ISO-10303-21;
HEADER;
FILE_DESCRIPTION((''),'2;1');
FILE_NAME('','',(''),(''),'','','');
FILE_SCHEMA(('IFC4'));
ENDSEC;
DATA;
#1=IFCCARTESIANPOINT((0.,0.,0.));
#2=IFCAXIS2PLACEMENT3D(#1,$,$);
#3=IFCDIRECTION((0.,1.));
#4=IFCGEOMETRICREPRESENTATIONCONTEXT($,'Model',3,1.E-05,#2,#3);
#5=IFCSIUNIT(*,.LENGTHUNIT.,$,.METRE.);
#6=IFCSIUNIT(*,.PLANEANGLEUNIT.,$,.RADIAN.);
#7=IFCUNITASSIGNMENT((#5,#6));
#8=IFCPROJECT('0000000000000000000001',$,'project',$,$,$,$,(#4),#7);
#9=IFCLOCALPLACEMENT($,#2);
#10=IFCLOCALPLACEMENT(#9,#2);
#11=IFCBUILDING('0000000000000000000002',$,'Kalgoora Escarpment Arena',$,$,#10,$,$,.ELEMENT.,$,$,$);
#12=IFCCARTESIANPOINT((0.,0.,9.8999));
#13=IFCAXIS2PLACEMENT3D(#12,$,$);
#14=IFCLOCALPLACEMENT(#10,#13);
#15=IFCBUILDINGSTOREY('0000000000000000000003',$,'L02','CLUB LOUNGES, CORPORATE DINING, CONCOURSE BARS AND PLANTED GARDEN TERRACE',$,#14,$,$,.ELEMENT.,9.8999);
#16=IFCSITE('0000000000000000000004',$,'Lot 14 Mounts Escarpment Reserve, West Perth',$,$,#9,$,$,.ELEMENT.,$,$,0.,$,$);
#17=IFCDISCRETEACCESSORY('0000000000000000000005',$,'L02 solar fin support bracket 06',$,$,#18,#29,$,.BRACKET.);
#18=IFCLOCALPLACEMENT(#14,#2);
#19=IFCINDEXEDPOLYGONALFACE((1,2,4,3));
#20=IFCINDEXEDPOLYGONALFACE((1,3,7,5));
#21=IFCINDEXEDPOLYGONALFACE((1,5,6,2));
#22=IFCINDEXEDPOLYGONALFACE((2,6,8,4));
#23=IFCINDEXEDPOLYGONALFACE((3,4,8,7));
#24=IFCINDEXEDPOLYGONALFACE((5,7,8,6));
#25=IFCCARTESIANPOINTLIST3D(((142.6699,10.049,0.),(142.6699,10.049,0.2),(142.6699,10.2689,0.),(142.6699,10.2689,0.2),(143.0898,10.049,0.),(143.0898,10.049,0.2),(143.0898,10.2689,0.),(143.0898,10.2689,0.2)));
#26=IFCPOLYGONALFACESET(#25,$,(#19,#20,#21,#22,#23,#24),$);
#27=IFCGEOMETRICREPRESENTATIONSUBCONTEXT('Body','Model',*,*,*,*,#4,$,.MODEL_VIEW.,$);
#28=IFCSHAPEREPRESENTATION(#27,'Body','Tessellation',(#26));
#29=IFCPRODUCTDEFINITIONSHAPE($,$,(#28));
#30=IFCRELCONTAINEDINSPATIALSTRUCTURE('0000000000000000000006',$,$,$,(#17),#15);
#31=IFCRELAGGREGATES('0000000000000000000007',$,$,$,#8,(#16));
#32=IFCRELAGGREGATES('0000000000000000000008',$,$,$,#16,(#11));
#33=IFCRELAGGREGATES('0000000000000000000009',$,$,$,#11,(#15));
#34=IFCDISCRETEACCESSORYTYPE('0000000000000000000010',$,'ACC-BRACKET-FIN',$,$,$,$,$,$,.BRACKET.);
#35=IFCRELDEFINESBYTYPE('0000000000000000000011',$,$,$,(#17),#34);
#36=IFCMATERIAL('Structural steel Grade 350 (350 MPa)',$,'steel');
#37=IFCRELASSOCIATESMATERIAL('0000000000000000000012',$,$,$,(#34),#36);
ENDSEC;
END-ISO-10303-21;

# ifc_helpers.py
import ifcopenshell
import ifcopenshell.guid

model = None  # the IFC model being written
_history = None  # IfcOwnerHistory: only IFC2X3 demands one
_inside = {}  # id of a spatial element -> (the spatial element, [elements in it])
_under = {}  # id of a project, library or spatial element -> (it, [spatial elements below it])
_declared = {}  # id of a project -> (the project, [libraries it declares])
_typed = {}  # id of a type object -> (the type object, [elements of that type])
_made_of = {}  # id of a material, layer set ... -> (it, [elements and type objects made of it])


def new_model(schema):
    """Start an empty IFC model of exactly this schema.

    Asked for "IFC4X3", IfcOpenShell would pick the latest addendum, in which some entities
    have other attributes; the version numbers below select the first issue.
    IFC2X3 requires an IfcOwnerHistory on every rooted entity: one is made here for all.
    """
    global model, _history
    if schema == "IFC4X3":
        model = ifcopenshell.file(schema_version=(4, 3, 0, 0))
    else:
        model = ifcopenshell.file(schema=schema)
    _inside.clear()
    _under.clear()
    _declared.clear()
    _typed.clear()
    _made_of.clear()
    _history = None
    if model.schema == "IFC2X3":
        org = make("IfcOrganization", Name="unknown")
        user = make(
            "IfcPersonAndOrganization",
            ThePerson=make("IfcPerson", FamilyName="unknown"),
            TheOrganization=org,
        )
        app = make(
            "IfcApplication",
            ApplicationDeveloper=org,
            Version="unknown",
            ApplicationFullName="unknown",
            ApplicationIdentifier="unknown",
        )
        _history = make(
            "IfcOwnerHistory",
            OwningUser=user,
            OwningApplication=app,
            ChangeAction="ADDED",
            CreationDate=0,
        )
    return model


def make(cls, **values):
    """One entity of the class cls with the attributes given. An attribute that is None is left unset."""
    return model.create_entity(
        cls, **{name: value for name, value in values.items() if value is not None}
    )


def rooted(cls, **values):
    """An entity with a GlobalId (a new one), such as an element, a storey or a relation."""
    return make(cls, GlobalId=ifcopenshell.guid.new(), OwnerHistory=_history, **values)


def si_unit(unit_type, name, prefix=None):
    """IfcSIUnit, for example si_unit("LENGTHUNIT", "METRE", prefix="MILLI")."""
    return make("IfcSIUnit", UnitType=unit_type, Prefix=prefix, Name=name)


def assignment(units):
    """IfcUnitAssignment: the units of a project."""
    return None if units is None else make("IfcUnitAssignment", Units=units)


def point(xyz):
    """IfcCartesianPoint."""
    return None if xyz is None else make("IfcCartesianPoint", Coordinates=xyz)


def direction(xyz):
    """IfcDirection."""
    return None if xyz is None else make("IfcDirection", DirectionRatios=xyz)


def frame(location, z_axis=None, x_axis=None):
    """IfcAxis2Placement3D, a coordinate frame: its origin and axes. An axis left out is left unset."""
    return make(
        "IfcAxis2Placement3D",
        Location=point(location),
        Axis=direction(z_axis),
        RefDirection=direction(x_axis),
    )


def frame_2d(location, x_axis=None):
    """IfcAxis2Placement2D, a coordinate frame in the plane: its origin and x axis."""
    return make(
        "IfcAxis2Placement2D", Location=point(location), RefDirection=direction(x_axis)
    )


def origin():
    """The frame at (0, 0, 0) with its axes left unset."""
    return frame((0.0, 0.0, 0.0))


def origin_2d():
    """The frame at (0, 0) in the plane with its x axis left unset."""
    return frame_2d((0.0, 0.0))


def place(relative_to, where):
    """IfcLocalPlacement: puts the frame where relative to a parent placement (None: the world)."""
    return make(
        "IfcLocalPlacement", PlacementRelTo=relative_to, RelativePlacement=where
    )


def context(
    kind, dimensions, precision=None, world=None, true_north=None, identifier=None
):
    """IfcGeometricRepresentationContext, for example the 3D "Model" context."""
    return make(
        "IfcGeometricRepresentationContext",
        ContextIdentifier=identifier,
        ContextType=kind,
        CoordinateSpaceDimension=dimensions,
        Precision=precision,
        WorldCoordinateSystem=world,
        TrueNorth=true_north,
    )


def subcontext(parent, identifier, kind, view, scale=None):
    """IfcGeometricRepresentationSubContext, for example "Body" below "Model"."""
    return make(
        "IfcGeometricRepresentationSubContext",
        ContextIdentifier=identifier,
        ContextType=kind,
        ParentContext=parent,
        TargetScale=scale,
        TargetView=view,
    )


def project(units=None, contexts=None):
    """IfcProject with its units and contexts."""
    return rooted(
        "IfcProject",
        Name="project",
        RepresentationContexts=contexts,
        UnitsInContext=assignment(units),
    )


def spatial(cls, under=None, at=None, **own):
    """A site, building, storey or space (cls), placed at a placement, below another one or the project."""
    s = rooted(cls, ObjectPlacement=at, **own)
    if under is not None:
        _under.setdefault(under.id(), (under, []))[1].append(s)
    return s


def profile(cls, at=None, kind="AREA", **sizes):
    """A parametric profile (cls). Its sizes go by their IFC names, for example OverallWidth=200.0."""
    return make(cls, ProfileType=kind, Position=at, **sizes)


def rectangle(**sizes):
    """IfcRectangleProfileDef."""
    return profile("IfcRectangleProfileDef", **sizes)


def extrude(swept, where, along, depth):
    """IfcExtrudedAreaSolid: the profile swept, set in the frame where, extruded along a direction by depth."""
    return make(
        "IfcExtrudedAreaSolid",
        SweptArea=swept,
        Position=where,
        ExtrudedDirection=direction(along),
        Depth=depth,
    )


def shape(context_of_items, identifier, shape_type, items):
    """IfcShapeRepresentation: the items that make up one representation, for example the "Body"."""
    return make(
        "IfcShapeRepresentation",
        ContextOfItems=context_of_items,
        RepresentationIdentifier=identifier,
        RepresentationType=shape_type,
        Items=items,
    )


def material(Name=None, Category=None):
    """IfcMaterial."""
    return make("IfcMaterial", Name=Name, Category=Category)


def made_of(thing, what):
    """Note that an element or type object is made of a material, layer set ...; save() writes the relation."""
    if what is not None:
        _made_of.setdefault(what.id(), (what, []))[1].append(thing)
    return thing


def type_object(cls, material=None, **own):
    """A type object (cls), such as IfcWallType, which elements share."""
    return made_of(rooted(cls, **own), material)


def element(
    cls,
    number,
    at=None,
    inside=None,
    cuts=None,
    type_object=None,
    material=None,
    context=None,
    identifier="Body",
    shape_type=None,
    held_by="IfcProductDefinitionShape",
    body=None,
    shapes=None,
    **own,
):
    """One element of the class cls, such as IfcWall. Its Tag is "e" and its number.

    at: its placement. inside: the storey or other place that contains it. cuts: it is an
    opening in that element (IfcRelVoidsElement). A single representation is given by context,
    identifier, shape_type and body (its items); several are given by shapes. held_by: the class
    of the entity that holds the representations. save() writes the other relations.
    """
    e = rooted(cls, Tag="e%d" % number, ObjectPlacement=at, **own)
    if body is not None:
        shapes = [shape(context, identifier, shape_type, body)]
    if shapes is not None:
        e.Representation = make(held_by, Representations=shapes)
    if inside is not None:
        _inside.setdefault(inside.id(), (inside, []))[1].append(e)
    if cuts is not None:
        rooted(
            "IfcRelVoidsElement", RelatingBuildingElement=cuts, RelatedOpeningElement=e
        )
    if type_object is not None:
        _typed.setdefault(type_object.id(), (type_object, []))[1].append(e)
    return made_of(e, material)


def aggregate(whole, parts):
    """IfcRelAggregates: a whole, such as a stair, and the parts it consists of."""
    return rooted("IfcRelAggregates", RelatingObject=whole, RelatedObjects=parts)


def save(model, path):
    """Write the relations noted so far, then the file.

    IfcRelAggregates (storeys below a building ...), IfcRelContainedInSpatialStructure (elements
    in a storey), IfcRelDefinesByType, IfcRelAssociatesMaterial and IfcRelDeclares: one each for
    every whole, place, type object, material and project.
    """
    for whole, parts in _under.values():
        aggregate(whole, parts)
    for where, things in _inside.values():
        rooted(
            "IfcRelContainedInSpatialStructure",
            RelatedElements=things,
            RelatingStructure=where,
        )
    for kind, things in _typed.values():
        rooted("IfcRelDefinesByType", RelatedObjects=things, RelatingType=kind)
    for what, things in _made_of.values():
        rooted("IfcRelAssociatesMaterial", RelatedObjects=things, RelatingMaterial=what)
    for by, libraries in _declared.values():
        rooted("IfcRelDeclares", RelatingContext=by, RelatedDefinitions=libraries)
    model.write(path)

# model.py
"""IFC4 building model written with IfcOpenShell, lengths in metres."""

from ifc_helpers import new_model, si_unit, direction, frame, origin, origin_2d, place, context, subcontext, project, spatial, rectangle, extrude, material, type_object, element, save


model = new_model("IFC4")

# Units and contexts
model_context = context("Model", 3, precision=1e-05, world=origin(), true_north=direction((0.0, 1.0)))
body_context = subcontext(model_context, "Body", "Model", "MODEL_VIEW")
ifc_project = project(units=[si_unit("LENGTHUNIT", "METRE"), si_unit("PLANEANGLEUNIT", "RADIAN")], contexts=[model_context])

# Site, building, storey
site_placement = place(None, origin())
site = spatial("IfcSite", under=ifc_project, at=site_placement, Name="Lot 14 Mounts Escarpment Reserve, West Perth", CompositionType="ELEMENT", RefElevation=0.0)
building_placement = place(site_placement, origin())
building = spatial("IfcBuilding", under=site, at=building_placement, Name="Kalgoora Escarpment Arena", CompositionType="ELEMENT")
storey_placement = place(building_placement, frame((0.0, 0.0, 9.8999)))
storey = spatial("IfcBuildingStorey", under=building, at=storey_placement, Name="L02", Description="CLUB LOUNGES, CORPORATE DINING, CONCOURSE BARS AND PLANTED GARDEN TERRACE", CompositionType="ELEMENT", Elevation=9.8999)

# Discrete accessory
ifc_material_1 = material(Name="Structural steel Grade 350 (350 MPa)", Category="steel")
discrete_accessory_type = type_object("IfcDiscreteAccessoryType", Name="ACC-BRACKET-FIN", PredefinedType="BRACKET", material=ifc_material_1)
discrete_accessory_placement = place(storey_placement, frame((142.8799, 10.1589, 0.0), z_axis=(0.0, 0.0, 1.0), x_axis=(-1.0, 0.0, 0.0)))
element("IfcDiscreteAccessory", 1, at=discrete_accessory_placement, inside=storey, type_object=discrete_accessory_type, Name="L02 solar fin support bracket 06", PredefinedType="BRACKET", context=body_context, shape_type="SweptSolid", body=[
    extrude(rectangle(XDim=0.4199, YDim=0.22, at=origin_2d()), origin(), (0.0, 0.0, 1.0), 0.2),
])

save(model, "model.ifc")
